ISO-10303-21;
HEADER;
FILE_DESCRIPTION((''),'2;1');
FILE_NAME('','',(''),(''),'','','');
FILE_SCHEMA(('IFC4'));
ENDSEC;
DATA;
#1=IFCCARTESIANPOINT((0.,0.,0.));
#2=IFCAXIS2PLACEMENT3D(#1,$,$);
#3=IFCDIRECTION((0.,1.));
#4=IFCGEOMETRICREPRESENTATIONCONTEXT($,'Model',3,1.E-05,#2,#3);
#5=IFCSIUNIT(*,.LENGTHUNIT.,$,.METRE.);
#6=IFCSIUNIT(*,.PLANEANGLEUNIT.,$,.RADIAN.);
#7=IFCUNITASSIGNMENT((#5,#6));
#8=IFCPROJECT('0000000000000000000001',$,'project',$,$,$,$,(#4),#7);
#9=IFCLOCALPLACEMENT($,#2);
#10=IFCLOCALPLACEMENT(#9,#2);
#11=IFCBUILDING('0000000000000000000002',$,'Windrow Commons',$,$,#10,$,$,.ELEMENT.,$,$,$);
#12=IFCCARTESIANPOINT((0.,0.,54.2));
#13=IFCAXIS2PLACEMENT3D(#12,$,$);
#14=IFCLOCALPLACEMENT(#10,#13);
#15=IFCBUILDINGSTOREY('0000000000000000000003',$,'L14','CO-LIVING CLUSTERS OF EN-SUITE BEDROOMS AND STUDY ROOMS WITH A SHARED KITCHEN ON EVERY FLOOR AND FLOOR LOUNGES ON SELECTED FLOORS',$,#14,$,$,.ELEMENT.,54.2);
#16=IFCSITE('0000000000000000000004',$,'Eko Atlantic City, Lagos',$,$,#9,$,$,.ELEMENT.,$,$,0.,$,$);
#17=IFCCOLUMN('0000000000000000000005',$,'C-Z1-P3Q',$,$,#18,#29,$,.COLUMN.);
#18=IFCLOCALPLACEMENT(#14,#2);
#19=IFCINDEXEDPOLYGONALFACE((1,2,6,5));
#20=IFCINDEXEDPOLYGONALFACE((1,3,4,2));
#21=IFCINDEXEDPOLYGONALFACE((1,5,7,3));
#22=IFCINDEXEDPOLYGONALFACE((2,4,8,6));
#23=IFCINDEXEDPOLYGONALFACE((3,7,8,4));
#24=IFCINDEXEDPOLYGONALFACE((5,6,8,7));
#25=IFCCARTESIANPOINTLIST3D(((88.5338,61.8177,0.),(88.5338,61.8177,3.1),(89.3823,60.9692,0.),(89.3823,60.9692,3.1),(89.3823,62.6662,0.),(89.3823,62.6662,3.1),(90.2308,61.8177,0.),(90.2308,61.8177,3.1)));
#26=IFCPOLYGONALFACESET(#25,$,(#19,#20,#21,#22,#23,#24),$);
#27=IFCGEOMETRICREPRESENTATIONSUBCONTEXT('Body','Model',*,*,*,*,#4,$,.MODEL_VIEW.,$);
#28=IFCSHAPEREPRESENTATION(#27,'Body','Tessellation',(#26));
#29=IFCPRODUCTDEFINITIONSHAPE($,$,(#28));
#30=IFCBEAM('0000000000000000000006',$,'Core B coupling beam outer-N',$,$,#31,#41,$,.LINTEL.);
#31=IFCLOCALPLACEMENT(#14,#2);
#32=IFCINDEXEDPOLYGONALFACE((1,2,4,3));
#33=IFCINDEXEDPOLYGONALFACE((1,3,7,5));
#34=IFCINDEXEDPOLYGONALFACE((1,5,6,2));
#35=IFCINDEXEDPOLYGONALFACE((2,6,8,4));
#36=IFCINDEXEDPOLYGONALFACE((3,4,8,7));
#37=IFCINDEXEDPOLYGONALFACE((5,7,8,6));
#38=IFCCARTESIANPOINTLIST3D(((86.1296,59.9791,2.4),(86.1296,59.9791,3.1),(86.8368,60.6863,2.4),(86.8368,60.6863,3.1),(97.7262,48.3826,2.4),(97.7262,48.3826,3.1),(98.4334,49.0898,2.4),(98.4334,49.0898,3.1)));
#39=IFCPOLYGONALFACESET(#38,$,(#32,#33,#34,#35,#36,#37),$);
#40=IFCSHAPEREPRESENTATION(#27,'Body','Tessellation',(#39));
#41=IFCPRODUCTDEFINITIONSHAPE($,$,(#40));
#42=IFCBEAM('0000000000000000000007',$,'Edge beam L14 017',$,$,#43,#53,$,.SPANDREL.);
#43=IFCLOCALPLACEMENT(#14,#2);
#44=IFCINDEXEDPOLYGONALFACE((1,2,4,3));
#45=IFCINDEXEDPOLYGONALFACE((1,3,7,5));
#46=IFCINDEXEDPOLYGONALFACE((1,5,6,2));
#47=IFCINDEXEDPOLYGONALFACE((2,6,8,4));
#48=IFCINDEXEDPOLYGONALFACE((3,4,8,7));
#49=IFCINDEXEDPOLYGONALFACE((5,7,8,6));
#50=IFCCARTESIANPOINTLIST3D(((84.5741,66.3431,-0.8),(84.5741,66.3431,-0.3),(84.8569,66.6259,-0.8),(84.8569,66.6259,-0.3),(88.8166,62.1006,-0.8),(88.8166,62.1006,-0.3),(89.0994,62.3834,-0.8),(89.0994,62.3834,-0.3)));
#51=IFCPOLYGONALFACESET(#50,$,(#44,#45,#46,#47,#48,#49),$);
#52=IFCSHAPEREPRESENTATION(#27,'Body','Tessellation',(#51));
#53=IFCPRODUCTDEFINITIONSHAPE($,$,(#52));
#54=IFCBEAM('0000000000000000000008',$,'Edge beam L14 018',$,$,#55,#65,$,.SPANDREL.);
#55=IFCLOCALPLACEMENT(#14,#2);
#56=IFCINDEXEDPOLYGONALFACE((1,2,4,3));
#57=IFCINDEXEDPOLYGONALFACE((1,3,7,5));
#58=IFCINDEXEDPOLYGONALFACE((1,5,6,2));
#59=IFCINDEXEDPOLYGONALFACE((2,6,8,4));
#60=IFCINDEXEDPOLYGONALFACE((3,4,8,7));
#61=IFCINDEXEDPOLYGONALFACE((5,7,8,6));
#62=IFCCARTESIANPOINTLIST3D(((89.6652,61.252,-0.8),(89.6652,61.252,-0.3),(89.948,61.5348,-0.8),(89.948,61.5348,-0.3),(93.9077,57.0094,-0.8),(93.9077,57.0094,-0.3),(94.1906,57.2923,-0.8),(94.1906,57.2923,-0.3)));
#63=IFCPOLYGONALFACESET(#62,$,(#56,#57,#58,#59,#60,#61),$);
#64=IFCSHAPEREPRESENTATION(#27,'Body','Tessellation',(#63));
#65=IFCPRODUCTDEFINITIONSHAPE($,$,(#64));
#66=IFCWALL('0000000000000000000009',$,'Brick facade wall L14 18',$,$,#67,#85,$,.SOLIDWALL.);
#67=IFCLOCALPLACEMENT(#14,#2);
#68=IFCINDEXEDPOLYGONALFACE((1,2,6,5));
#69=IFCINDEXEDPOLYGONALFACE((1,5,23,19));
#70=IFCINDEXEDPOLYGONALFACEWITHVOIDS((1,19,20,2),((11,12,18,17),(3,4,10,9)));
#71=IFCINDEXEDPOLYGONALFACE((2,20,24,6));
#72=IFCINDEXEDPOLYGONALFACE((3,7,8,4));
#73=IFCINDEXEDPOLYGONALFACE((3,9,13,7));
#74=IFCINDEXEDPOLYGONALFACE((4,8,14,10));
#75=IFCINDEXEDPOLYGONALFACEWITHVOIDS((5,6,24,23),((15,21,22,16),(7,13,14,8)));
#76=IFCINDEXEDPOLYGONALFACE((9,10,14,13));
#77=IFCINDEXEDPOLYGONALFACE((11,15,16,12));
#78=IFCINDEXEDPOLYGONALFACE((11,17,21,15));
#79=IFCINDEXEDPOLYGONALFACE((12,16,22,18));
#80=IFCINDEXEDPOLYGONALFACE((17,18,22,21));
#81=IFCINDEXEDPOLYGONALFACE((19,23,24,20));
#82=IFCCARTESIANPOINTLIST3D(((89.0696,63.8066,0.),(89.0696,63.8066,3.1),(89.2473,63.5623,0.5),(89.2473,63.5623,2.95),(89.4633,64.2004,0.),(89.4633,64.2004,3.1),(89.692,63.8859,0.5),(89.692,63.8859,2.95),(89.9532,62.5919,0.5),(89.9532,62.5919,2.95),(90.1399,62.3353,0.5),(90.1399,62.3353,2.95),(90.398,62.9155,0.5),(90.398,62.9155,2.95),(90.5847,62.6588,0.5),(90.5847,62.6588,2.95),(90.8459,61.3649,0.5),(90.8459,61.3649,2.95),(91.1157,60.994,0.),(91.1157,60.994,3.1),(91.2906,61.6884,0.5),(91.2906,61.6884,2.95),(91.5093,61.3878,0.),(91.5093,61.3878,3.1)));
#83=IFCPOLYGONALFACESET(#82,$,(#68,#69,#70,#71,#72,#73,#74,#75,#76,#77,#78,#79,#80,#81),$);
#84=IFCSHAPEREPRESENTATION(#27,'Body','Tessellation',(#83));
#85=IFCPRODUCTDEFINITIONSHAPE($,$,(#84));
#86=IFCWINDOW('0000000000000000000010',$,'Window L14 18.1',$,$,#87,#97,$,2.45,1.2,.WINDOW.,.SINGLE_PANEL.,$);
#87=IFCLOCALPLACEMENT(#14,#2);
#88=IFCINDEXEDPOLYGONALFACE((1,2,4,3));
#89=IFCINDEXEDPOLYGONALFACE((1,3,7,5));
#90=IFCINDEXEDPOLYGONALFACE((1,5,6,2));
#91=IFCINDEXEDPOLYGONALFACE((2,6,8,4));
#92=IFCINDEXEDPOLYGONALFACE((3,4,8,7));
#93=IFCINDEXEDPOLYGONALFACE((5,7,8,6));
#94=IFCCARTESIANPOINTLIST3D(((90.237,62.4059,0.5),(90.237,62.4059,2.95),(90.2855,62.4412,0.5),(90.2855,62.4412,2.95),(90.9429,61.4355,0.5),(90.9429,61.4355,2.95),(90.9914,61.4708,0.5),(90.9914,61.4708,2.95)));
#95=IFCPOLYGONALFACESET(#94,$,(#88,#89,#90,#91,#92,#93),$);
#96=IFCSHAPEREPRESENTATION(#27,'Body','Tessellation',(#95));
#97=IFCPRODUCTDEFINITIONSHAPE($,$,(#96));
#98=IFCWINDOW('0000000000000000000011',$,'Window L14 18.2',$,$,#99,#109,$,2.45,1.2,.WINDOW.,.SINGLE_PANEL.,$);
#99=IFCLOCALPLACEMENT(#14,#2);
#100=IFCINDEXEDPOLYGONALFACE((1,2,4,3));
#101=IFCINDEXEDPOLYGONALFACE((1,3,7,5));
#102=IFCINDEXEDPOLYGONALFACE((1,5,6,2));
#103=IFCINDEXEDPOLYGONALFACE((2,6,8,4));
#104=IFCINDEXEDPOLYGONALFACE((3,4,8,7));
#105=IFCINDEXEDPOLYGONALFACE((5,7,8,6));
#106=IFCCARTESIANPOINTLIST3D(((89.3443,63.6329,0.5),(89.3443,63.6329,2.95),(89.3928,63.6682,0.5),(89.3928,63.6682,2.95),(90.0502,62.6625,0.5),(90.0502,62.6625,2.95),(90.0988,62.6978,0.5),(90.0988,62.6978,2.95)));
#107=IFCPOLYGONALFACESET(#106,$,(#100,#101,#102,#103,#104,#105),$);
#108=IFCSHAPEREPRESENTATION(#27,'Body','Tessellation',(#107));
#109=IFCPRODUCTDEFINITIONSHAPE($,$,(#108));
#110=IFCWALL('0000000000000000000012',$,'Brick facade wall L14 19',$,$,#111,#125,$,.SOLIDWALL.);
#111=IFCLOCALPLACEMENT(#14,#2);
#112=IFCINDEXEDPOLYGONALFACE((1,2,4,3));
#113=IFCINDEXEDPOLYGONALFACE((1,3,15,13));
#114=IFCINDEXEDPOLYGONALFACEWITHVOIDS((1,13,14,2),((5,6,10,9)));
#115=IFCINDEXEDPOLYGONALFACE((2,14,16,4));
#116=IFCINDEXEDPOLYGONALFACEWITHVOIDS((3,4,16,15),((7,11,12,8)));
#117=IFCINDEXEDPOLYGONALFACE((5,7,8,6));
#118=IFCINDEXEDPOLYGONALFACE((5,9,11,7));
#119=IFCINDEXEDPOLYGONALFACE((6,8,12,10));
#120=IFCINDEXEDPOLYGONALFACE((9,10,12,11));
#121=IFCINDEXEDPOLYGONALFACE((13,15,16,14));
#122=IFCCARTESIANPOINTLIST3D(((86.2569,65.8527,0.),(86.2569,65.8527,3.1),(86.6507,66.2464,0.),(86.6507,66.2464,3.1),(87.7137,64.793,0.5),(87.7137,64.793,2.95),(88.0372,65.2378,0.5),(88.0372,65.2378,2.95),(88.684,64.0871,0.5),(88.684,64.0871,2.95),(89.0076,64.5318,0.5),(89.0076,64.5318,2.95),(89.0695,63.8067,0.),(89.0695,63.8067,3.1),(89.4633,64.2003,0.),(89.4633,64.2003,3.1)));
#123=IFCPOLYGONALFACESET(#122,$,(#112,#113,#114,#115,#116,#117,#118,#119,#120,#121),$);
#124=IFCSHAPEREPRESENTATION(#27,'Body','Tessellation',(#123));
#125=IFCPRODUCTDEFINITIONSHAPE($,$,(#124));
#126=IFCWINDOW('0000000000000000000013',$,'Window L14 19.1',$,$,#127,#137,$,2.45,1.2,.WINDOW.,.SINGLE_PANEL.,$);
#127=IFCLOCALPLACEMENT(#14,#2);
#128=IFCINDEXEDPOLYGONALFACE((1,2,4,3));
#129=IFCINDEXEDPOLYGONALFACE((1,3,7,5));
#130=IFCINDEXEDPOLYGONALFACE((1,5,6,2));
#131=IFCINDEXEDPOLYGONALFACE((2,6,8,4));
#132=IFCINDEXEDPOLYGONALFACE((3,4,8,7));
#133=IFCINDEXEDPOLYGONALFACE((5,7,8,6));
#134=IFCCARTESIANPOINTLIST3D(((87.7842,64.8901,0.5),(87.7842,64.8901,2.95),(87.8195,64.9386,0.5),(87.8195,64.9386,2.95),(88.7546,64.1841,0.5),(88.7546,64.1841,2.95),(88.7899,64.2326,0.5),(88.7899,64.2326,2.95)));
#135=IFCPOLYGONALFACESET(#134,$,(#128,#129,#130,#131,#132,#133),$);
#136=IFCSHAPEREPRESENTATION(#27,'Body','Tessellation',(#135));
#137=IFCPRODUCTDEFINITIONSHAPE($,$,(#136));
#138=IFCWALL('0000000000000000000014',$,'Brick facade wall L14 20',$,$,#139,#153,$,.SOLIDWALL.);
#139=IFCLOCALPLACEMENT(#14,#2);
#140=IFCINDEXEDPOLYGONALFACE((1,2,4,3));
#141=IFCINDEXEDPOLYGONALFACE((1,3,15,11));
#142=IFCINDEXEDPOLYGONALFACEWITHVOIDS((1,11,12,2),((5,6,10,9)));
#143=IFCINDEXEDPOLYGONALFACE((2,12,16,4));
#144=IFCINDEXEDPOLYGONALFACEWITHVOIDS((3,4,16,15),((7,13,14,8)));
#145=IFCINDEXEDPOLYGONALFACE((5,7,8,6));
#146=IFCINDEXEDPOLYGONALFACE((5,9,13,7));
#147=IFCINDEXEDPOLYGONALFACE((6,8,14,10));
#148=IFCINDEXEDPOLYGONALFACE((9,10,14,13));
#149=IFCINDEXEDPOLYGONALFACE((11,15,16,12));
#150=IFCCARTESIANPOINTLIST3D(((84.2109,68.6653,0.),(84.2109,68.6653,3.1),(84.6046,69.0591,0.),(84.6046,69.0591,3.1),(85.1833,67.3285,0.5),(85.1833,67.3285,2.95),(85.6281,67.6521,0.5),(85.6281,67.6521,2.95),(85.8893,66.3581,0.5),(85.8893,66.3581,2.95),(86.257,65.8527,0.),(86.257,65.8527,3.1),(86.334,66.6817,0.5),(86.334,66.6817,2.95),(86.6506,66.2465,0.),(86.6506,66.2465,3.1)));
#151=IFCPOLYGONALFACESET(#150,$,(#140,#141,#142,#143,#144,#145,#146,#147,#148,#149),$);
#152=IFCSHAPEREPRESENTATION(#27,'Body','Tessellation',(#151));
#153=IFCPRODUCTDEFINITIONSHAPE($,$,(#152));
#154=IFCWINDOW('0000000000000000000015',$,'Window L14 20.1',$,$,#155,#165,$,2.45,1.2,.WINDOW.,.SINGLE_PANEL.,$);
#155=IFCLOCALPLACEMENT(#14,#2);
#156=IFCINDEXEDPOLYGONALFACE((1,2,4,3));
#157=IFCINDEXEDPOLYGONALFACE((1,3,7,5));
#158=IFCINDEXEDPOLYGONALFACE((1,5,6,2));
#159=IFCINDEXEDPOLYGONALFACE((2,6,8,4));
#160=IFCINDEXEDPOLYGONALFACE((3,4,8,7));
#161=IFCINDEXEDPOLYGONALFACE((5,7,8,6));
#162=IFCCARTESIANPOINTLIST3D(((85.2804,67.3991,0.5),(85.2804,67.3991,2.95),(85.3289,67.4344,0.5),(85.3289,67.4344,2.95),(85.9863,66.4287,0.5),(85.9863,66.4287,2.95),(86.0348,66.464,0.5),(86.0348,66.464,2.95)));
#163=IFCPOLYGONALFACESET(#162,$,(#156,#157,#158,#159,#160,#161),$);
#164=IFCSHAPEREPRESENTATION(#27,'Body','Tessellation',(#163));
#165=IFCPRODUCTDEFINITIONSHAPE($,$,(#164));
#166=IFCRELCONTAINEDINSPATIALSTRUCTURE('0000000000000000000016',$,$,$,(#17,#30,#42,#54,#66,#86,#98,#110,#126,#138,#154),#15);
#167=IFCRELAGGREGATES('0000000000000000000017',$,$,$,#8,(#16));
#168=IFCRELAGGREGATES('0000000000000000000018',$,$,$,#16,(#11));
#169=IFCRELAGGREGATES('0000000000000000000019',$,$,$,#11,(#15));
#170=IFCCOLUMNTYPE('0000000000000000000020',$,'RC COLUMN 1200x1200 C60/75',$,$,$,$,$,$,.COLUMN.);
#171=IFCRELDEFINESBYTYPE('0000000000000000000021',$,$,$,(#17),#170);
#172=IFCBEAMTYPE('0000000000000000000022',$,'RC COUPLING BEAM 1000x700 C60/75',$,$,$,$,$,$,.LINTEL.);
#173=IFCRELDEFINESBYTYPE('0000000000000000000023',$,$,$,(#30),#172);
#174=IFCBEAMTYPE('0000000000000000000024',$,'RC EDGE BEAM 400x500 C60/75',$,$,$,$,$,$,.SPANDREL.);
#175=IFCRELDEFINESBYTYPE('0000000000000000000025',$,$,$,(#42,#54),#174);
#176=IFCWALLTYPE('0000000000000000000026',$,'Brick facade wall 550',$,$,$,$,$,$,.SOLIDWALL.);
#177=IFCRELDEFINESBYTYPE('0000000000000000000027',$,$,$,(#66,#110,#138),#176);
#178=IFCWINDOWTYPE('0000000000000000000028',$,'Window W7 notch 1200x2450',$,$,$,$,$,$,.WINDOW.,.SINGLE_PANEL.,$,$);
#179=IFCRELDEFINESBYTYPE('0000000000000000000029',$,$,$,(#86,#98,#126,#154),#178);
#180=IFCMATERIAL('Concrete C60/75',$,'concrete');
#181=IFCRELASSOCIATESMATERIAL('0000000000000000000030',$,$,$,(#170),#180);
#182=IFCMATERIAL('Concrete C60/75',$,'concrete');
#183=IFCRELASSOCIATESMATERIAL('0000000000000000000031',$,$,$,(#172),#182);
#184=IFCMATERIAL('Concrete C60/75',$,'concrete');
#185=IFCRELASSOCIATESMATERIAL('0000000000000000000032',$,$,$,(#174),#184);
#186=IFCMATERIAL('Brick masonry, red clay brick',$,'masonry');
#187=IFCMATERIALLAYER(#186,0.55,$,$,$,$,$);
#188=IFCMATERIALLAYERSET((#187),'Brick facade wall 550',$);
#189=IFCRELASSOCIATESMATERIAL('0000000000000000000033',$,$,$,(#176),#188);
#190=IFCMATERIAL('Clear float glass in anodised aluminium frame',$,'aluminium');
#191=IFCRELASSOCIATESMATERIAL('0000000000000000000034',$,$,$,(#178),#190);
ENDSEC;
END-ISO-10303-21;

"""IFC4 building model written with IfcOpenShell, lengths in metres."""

from ifc_helpers import new_model, si_unit, direction, frame, frame_2d, origin, origin_2d, place, context, subcontext, project, spatial, polyline, rectangle, outline, extrude, material, layer, layer_set, material_profile, profile_set, type_object, element, fill, save


model = new_model("IFC4")

# Units and contexts
model_context = context("Model", 3, precision=1e-05, world=origin(), true_north=direction((0.0, 1.0)))
body_context = subcontext(model_context, "Body", "Model", "MODEL_VIEW")
ifc_project = project(units=[si_unit("LENGTHUNIT", "METRE"), si_unit("PLANEANGLEUNIT", "RADIAN")], contexts=[model_context])

# Site, building, storey
site_placement = place(None, origin())
site = spatial("IfcSite", under=ifc_project, at=site_placement, Name="Eko Atlantic City, Lagos", CompositionType="ELEMENT", RefElevation=0.0)
building_placement = place(site_placement, origin())
building = spatial("IfcBuilding", under=site, at=building_placement, Name="Windrow Commons", CompositionType="ELEMENT")
storey_placement = place(building_placement, frame((0.0, 0.0, 54.2)))
storey = spatial("IfcBuildingStorey", under=building, at=storey_placement, Name="L14", Description="CO-LIVING CLUSTERS OF EN-SUITE BEDROOMS AND STUDY ROOMS WITH A SHARED KITCHEN ON EVERY FLOOR AND FLOOR LOUNGES ON SELECTED FLOORS", CompositionType="ELEMENT", Elevation=54.2)

# Column
ifc_material_1 = material(Name="Concrete C60/75", Category="concrete")
ifc_material_profile_1 = material_profile(ifc_material_1, rectangle(XDim=1.2, YDim=1.2, at=origin_2d()))
ifc_profile_set_1 = profile_set([ifc_material_profile_1], Name="Concrete C60/75")
column_type = type_object("IfcColumnType", Name="RC COLUMN 1200x1200 C60/75", PredefinedType="COLUMN", material=ifc_profile_set_1)
column_placement = place(storey_placement, frame((89.3823, 61.8177, 0.0), z_axis=(0.0, 0.0, 1.0), x_axis=(0.707107, -0.707107, 0.0)))
element("IfcColumn", 1, at=column_placement, inside=storey, type_object=column_type, Name="C-Z1-P3Q", PredefinedType="COLUMN", context=body_context, shape_type="SweptSolid", body=[
    extrude(rectangle(XDim=1.2, YDim=1.2, at=origin_2d()), origin(), (0.0, 0.0, 1.0), 3.1),
])

# Beams
ifc_material_2 = material(Name="Concrete C60/75", Category="concrete")
ifc_material_profile_2 = material_profile(ifc_material_2, rectangle(XDim=1.0, YDim=0.7, at=origin_2d()))
ifc_profile_set_2 = profile_set([ifc_material_profile_2], Name="Concrete C60/75")
beam_type_1 = type_object("IfcBeamType", Name="RC COUPLING BEAM 1000x700 C60/75", PredefinedType="LINTEL", material=ifc_profile_set_2)
beam_1_placement = place(storey_placement, frame((86.4832, 60.3327, 2.75), z_axis=(0.70711, -0.707104, 0.0), x_axis=(0.707104, 0.70711, 0.0)))
element("IfcBeam", 2, at=beam_1_placement, inside=storey, type_object=beam_type_1, Name="Core B coupling beam outer-N", PredefinedType="LINTEL", context=body_context, shape_type="SweptSolid", body=[
    extrude(rectangle(XDim=1.0, YDim=0.7, at=origin_2d()), origin(), (0.0, 0.0, 1.0), 16.4),
])
ifc_material_3 = material(Name="Concrete C60/75", Category="concrete")
ifc_material_profile_3 = material_profile(ifc_material_3, rectangle(XDim=0.4, YDim=0.5, at=origin_2d()))
ifc_profile_set_3 = profile_set([ifc_material_profile_3], Name="Concrete C60/75")
beam_type_2 = type_object("IfcBeamType", Name="RC EDGE BEAM 400x500 C60/75", PredefinedType="SPANDREL", material=ifc_profile_set_3)
beam_2_placement = place(storey_placement, frame((84.7155, 66.4845, -0.55), z_axis=(0.707107, -0.707107, 0.0), x_axis=(0.707107, 0.707107, 0.0)))
element("IfcBeam", 3, at=beam_2_placement, inside=storey, type_object=beam_type_2, Name="Edge beam L14 017", PredefinedType="SPANDREL", context=body_context, shape_type="SweptSolid", body=[
    extrude(rectangle(XDim=0.4, YDim=0.5, at=origin_2d()), origin(), (0.0, 0.0, 1.0), 5.9998),
])
beam_3_placement = place(storey_placement, frame((89.8066, 61.3934, -0.55), z_axis=(0.707107, -0.707107, 0.0), x_axis=(0.707107, 0.707107, 0.0)))
element("IfcBeam", 4, at=beam_3_placement, inside=storey, type_object=beam_type_2, Name="Edge beam L14 018", PredefinedType="SPANDREL", context=body_context, shape_type="SweptSolid", body=[
    extrude(rectangle(XDim=0.4, YDim=0.5, at=origin_2d()), origin(), (0.0, 0.0, 1.0), 5.9999),
])

# Wall, openings, windows
ifc_material_4 = material(Name="Brick masonry, red clay brick", Category="masonry")
ifc_layer_1 = layer(ifc_material_4, 0.55)
ifc_layer_set_1 = layer_set([ifc_layer_1], Name="Brick facade wall 550")
wall_type_1 = type_object("IfcWallType", Name="Brick facade wall 550", PredefinedType="SOLIDWALL", material=ifc_layer_set_1)
wall_1_placement = place(storey_placement, frame((91.3125, 61.1909, 0.0), z_axis=(0.0, 0.0, 1.0), x_axis=(-0.588279, 0.808658, 0.0)))
wall_1 = element("IfcWall", 5, at=wall_1_placement, inside=storey, type_object=wall_type_1, Name="Brick facade wall L14 18", PredefinedType="SOLIDWALL", context=body_context, shape_type="SweptSolid", body=[
    extrude(outline(polyline([(0.0434, -0.275), (3.5215, -0.275), (3.4347, 0.275), (-0.0434, 0.275), (0.0434, -0.275)])), origin(), (0.0, 0.0, 1.0), 3.1),
])
opening_1_placement = place(wall_1_placement, frame((0.4152, 0.0, 0.5)))
opening_1 = element("IfcOpeningElement", 6, at=opening_1_placement, cuts=wall_1, PredefinedType="OPENING", context=body_context, shape_type="SweptSolid", body=[
    extrude(rectangle(XDim=1.2, YDim=2.45, at=frame_2d((0.6, 1.225))), frame((0.0, 0.285, 0.0), z_axis=(0.0, -1.0, 0.0), x_axis=(1.0, 0.0, 0.0)), (0.0, 0.0, 1.0), 0.57),
])
opening_2_placement = place(wall_1_placement, frame((1.9326, 0.0, 0.5)))
opening_2 = element("IfcOpeningElement", 7, at=opening_2_placement, cuts=wall_1, PredefinedType="OPENING", context=body_context, shape_type="SweptSolid", body=[
    extrude(rectangle(XDim=1.2, YDim=2.45, at=frame_2d((0.6, 1.225))), frame((0.0, 0.285, 0.0), z_axis=(0.0, -1.0, 0.0), x_axis=(1.0, 0.0, 0.0)), (0.0, 0.0, 1.0), 0.57),
])
ifc_material_5 = material(Name="Clear float glass in anodised aluminium frame", Category="aluminium")
window_type = type_object("IfcWindowType", Name="Window W7 notch 1200x2450", PartitioningType="SINGLE_PANEL", PredefinedType="WINDOW", material=ifc_material_5)
window_1_placement = place(opening_1_placement, origin())
window_1 = element("IfcWindow", 8, at=window_1_placement, inside=storey, type_object=window_type, Name="Window L14 18.1", OverallHeight=2.45, OverallWidth=1.2, PartitioningType="SINGLE_PANEL", PredefinedType="WINDOW", context=body_context, shape_type="SweptSolid", body=[
    extrude(rectangle(XDim=1.2, YDim=2.45, at=frame_2d((0.6, 1.225))), frame((0.0, 0.155, 0.0), z_axis=(0.0, -1.0, 0.0), x_axis=(1.0, 0.0, 0.0)), (0.0, 0.0, 1.0), 0.06),
])
fill(opening_1, window_1)
window_2_placement = place(opening_2_placement, origin())
window_2 = element("IfcWindow", 9, at=window_2_placement, inside=storey, type_object=window_type, Name="Window L14 18.2", OverallHeight=2.45, OverallWidth=1.2, PartitioningType="SINGLE_PANEL", PredefinedType="WINDOW", context=body_context, shape_type="SweptSolid", body=[
    extrude(rectangle(XDim=1.2, YDim=2.45, at=frame_2d((0.6, 1.225))), frame((0.0, 0.155, 0.0), z_axis=(0.0, -1.0, 0.0), x_axis=(1.0, 0.0, 0.0)), (0.0, 0.0, 1.0), 0.06),
])
fill(opening_2, window_2)

# Walls, openings, windows
wall_2_placement = place(storey_placement, frame((89.2664, 64.0035, 0.0), z_axis=(0.0, 0.0, 1.0), x_axis=(-0.808658, 0.588279, 0.0)))
wall_2 = element("IfcWall", 10, at=wall_2_placement, inside=storey, type_object=wall_type_1, Name="Brick facade wall L14 19", PredefinedType="SOLIDWALL", context=body_context, shape_type="SweptSolid", body=[
    extrude(outline(polyline([(-0.0434, -0.275), (3.4347, -0.275), (3.5215, 0.275), (0.0434, 0.275), (-0.0434, -0.275)])), origin(), (0.0, 0.0, 1.0), 3.1),
])
opening_3_placement = place(wall_2_placement, frame((0.5201, 0.0, 0.5)))
opening_3 = element("IfcOpeningElement", 11, at=opening_3_placement, cuts=wall_2, PredefinedType="OPENING", context=body_context, shape_type="SweptSolid", body=[
    extrude(rectangle(XDim=1.2, YDim=2.45, at=frame_2d((0.6, 1.225))), frame((0.0, 0.285, 0.0), z_axis=(0.0, -1.0, 0.0), x_axis=(1.0, 0.0, 0.0)), (0.0, 0.0, 1.0), 0.57),
])
window_3_placement = place(opening_3_placement, origin())
window_3 = element("IfcWindow", 12, at=window_3_placement, inside=storey, type_object=window_type, Name="Window L14 19.1", OverallHeight=2.45, OverallWidth=1.2, PartitioningType="SINGLE_PANEL", PredefinedType="WINDOW", context=body_context, shape_type="SweptSolid", body=[
    extrude(rectangle(XDim=1.2, YDim=2.45, at=frame_2d((0.6, 1.225))), frame((0.0, 0.155, 0.0), z_axis=(0.0, -1.0, 0.0), x_axis=(1.0, 0.0, 0.0)), (0.0, 0.0, 1.0), 0.06),
])
fill(opening_3, window_3)
wall_3_placement = place(storey_placement, frame((86.4538, 66.0496, 0.0), z_axis=(0.0, 0.0, 1.0), x_axis=(-0.588279, 0.808658, 0.0)))
wall_3 = element("IfcWall", 13, at=wall_3_placement, inside=storey, type_object=wall_type_1, Name="Brick facade wall L14 20", PredefinedType="SOLIDWALL", context=body_context, shape_type="SweptSolid", body=[
    extrude(outline(polyline([(0.0434, -0.275), (3.5215, -0.275), (3.4347, 0.275), (-0.0434, 0.275), (0.0434, -0.275)])), origin(), (0.0, 0.0, 1.0), 3.1),
])
opening_4_placement = place(wall_3_placement, frame((0.5816, 0.0, 0.5)))
opening_4 = element("IfcOpeningElement", 14, at=opening_4_placement, cuts=wall_3, PredefinedType="OPENING", context=body_context, shape_type="SweptSolid", body=[
    extrude(rectangle(XDim=1.2, YDim=2.45, at=frame_2d((0.6, 1.225))), frame((0.0, 0.285, 0.0), z_axis=(0.0, -1.0, 0.0), x_axis=(1.0, 0.0, 0.0)), (0.0, 0.0, 1.0), 0.57),
])
window_4_placement = place(opening_4_placement, origin())
window_4 = element("IfcWindow", 15, at=window_4_placement, inside=storey, type_object=window_type, Name="Window L14 20.1", OverallHeight=2.45, OverallWidth=1.2, PartitioningType="SINGLE_PANEL", PredefinedType="WINDOW", context=body_context, shape_type="SweptSolid", body=[
    extrude(rectangle(XDim=1.2, YDim=2.45, at=frame_2d((0.6, 1.225))), frame((0.0, 0.155, 0.0), z_axis=(0.0, -1.0, 0.0), x_axis=(1.0, 0.0, 0.0)), (0.0, 0.0, 1.0), 0.06),
])
fill(opening_4, window_4)

save(model, "model.ifc")
